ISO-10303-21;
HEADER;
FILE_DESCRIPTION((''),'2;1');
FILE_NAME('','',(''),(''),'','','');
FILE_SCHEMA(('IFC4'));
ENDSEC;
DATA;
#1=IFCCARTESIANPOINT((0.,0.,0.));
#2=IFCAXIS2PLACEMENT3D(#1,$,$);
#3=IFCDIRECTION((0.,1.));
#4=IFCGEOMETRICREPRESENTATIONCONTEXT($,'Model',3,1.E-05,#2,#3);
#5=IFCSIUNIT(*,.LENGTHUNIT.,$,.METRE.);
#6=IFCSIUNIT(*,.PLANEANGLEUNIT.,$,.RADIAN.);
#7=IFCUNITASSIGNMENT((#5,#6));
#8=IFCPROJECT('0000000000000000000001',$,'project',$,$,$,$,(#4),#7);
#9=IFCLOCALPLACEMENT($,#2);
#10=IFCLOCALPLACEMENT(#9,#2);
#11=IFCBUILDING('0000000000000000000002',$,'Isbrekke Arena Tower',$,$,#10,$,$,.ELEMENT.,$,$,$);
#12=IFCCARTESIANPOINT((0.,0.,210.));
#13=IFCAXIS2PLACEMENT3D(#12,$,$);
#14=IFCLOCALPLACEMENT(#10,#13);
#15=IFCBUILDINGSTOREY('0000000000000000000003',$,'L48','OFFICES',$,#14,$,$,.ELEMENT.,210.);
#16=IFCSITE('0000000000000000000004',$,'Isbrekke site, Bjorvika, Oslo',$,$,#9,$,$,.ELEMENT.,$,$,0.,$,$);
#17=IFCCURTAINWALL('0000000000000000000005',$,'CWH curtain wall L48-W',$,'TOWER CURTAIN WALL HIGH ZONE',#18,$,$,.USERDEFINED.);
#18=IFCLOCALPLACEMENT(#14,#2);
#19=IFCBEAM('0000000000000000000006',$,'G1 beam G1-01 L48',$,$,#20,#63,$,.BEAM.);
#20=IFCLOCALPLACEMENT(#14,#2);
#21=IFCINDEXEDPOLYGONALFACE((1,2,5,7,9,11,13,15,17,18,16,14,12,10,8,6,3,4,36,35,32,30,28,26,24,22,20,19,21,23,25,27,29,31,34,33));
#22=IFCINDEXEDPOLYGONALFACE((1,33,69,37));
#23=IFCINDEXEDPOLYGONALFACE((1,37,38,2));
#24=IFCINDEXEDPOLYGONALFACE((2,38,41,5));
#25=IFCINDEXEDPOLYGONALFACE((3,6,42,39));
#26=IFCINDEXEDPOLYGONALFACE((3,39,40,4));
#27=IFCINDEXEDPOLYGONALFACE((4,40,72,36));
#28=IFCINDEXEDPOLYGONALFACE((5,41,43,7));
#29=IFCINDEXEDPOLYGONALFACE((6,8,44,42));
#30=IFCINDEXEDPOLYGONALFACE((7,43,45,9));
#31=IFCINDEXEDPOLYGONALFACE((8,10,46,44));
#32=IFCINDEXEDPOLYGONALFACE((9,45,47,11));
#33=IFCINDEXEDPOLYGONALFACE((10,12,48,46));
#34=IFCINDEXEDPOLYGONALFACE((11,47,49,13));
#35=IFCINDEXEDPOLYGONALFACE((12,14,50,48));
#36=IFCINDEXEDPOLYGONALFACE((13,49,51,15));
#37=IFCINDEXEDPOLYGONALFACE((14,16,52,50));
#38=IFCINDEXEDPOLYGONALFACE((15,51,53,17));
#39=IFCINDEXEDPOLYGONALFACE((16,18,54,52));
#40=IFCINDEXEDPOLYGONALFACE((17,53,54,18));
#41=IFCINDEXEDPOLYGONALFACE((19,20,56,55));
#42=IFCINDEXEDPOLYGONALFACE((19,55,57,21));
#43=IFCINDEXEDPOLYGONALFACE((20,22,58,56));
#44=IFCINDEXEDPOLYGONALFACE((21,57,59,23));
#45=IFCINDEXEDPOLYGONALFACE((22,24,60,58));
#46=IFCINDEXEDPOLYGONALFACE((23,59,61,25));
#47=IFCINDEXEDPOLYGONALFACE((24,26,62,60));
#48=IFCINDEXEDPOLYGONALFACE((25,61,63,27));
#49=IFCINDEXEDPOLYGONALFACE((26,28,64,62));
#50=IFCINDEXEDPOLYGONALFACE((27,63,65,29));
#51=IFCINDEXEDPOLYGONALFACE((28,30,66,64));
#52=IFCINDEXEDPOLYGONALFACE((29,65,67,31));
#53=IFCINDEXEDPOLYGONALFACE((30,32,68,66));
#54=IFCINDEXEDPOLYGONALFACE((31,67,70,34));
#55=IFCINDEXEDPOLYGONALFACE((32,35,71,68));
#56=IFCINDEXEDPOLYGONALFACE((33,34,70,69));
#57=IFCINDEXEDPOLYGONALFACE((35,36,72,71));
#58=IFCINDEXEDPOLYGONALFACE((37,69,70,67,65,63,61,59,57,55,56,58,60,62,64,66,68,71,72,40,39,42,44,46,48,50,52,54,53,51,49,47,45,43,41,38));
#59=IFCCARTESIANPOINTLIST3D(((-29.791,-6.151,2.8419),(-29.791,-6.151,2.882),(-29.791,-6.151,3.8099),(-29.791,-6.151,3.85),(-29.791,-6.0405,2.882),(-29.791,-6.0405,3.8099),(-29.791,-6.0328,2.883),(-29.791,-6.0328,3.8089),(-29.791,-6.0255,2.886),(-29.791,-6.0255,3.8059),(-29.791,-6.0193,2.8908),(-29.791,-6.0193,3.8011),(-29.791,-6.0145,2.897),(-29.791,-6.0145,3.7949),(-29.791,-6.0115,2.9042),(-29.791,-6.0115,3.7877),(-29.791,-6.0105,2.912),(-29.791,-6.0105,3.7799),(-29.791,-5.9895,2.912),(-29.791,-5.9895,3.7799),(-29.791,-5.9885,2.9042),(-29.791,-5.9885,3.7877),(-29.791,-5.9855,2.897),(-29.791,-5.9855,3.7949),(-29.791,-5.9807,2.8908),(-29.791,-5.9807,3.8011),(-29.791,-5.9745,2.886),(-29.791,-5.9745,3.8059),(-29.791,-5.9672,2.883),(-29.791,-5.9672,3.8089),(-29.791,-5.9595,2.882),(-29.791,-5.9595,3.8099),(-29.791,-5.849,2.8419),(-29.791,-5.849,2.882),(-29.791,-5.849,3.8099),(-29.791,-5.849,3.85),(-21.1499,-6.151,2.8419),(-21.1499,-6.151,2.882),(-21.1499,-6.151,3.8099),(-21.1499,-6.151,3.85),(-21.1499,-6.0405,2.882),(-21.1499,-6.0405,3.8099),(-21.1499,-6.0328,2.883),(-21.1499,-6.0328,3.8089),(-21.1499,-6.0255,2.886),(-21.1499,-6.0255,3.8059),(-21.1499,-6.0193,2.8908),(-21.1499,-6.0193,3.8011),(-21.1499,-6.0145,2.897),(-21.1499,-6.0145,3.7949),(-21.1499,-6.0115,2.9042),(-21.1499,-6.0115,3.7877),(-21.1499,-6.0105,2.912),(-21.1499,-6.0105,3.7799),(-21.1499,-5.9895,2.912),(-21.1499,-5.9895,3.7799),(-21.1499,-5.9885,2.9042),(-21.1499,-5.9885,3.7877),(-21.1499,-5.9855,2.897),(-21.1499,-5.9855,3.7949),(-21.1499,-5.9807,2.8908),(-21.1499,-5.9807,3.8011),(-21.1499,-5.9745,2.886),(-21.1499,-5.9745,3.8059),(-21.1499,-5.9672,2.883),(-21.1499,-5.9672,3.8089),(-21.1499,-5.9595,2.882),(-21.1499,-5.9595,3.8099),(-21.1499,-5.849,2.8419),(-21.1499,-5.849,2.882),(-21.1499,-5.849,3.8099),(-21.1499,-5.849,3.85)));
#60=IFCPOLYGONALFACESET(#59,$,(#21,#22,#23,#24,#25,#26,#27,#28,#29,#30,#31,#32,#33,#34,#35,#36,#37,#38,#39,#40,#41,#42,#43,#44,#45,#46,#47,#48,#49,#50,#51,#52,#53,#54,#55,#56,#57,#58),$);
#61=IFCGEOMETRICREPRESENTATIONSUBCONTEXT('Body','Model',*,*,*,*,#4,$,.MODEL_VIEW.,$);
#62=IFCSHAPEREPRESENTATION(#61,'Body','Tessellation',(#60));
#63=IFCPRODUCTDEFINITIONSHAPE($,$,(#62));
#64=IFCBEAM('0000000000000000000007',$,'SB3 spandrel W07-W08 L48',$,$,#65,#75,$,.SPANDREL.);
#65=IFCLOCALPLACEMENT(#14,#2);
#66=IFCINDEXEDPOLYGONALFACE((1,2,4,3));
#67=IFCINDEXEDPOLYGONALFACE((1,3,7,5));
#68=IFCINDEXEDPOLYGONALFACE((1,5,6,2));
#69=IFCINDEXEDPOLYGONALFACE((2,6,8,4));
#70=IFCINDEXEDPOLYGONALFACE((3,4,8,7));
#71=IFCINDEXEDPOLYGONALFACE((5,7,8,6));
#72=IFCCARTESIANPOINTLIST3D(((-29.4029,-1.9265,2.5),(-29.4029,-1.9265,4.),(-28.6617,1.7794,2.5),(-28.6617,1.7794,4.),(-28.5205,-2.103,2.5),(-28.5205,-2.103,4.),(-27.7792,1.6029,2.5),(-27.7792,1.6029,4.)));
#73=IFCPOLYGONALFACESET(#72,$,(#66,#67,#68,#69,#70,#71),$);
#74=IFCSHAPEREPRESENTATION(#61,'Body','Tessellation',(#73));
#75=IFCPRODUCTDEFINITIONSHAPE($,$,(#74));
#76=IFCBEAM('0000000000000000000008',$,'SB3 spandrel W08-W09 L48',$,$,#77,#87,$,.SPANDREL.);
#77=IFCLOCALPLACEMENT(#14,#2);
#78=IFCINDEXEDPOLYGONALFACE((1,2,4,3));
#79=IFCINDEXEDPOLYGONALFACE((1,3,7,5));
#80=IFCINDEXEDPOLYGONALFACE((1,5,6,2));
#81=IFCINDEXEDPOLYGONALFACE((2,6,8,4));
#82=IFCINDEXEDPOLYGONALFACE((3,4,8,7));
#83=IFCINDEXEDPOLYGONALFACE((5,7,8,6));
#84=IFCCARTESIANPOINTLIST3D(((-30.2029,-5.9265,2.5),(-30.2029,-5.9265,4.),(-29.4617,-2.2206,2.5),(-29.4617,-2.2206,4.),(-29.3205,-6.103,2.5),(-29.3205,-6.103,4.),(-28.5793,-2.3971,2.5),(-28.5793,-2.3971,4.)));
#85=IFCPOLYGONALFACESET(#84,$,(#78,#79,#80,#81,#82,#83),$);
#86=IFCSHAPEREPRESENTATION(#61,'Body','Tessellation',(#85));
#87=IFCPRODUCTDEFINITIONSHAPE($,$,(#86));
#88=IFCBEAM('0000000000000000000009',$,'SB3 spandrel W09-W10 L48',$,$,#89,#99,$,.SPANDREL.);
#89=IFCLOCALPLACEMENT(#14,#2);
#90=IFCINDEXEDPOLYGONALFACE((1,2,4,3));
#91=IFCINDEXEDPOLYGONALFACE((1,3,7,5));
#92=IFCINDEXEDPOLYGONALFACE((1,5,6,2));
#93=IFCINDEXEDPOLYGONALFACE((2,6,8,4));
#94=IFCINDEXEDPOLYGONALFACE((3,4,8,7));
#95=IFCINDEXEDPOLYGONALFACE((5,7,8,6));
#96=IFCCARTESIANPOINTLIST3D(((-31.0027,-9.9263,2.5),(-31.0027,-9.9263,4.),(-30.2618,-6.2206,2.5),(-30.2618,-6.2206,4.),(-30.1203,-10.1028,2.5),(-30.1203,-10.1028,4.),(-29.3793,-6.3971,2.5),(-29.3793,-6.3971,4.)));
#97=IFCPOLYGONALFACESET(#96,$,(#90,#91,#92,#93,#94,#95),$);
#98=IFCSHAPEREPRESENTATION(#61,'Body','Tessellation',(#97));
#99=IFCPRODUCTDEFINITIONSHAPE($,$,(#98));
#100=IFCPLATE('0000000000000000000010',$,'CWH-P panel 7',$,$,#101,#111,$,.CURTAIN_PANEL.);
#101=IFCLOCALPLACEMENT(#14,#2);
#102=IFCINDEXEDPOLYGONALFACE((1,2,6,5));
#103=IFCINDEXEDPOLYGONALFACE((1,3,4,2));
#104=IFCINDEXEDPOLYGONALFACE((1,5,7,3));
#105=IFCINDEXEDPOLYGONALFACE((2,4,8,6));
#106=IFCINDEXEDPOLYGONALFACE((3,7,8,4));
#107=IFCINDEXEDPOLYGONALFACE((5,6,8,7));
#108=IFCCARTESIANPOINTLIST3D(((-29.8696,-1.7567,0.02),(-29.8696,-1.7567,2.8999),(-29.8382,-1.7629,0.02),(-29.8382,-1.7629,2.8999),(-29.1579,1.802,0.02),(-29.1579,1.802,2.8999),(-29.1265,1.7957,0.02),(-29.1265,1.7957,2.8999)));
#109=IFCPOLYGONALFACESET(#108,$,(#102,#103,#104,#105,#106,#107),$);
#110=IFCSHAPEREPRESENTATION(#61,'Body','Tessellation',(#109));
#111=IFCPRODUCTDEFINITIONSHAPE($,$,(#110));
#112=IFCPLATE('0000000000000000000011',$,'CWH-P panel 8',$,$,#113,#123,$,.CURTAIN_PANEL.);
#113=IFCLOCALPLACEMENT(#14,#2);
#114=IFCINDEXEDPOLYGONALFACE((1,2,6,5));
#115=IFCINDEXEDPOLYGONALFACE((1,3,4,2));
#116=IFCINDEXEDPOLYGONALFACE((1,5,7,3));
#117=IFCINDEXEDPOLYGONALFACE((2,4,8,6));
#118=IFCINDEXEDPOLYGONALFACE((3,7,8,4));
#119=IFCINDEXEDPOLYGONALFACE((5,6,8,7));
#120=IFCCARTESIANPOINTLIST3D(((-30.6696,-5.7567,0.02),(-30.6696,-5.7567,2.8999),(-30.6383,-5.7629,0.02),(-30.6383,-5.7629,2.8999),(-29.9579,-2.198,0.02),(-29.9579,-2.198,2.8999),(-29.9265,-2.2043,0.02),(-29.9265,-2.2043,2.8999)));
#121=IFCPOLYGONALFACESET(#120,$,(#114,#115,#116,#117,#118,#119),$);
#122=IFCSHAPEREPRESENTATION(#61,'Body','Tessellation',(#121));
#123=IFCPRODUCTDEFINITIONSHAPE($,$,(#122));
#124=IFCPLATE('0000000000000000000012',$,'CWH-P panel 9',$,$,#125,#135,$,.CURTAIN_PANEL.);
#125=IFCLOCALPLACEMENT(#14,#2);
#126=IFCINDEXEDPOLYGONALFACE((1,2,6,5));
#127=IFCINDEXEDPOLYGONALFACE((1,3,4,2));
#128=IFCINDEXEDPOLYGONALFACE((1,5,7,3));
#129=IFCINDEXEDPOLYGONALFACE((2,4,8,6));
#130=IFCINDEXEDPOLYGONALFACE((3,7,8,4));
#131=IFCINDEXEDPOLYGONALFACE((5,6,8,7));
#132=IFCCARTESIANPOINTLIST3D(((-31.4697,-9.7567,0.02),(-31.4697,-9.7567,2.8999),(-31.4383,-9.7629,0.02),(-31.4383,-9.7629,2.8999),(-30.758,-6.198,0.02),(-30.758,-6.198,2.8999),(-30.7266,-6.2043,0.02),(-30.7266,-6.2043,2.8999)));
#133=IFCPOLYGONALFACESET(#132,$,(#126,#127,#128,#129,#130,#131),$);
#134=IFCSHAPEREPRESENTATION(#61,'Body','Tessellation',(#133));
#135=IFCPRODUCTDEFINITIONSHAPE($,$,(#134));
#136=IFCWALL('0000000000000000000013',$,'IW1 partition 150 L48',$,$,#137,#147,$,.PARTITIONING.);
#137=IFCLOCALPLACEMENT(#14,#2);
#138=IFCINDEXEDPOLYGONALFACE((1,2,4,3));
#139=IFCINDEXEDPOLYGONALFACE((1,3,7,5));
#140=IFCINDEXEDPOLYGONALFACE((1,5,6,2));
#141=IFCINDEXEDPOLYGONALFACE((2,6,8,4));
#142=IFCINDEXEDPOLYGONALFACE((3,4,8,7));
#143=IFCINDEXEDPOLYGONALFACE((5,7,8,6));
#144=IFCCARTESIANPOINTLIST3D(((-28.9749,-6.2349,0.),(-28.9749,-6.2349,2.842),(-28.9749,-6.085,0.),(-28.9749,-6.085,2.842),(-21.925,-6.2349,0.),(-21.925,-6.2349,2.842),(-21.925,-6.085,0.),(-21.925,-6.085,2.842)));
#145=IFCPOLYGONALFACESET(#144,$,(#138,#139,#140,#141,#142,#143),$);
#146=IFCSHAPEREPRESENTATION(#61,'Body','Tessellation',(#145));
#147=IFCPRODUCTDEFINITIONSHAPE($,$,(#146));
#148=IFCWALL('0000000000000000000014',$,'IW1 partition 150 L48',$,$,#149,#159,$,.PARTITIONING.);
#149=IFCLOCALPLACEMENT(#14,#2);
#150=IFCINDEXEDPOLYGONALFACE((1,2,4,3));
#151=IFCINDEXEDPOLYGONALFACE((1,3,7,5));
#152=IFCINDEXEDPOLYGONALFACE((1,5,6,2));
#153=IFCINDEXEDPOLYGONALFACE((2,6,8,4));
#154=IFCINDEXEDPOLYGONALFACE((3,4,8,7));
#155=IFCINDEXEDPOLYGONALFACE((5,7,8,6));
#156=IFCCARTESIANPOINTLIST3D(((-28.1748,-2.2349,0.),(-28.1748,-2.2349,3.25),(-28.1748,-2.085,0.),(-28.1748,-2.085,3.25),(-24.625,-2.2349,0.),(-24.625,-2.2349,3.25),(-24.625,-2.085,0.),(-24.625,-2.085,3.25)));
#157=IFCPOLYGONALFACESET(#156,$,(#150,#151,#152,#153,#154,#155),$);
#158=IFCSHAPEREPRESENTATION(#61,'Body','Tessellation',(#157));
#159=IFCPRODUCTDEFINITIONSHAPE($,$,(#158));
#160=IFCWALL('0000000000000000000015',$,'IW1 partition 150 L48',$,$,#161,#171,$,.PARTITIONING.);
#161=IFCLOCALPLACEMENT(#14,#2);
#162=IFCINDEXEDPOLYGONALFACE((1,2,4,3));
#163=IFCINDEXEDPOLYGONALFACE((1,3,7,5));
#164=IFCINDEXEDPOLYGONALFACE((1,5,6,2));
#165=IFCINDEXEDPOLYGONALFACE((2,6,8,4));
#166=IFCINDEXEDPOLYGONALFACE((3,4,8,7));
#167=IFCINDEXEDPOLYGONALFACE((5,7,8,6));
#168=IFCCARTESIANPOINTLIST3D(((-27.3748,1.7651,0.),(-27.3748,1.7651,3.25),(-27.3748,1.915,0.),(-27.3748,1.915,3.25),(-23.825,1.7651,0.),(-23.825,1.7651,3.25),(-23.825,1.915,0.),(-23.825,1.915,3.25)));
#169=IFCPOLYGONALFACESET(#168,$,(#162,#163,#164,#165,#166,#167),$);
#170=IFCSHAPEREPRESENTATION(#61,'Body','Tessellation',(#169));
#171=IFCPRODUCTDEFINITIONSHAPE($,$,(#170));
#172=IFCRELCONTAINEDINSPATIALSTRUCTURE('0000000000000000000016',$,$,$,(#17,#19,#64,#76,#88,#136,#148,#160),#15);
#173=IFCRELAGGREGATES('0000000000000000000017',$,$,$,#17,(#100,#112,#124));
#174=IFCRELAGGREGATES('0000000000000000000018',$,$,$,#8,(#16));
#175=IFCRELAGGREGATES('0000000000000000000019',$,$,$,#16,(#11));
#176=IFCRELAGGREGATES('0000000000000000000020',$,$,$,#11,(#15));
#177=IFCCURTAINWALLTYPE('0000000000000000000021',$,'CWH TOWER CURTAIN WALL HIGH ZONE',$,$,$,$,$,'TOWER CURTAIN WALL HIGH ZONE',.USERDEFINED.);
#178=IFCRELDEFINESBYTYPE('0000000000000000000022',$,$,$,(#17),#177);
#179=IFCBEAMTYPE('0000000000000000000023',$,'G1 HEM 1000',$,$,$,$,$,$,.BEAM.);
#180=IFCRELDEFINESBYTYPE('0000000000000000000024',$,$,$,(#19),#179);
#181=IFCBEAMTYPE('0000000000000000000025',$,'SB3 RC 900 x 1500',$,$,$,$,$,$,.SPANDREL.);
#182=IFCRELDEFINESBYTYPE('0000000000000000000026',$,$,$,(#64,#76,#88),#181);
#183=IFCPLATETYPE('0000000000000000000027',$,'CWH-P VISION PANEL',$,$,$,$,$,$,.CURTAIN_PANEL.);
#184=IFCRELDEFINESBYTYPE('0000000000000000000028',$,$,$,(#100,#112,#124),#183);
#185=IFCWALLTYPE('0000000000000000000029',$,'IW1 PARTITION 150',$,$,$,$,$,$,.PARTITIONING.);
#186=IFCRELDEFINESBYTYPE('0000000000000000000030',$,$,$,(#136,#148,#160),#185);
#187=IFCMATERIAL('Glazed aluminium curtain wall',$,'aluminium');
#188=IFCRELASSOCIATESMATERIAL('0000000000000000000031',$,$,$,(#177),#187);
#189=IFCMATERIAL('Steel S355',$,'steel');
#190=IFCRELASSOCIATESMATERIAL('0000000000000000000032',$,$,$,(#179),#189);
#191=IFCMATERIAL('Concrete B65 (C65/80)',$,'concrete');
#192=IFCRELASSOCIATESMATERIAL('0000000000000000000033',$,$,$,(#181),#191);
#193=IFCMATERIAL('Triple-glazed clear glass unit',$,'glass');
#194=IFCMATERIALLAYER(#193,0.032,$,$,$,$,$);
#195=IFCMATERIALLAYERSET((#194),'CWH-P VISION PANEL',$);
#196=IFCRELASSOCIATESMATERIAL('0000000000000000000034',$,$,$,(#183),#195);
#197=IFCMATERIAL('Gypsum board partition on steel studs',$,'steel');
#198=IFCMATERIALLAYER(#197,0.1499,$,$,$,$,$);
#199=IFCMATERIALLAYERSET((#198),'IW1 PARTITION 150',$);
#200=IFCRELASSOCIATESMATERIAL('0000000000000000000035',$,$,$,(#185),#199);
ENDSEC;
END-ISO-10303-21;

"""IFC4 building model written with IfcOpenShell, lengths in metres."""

from ifc_helpers import new_model, si_unit, direction, frame, frame_2d, origin, origin_2d, place, context, subcontext, project, spatial, rectangle, i_section, extrude, material, layer, layer_set, material_profile, profile_set, type_object, element, aggregate, save


model = new_model("IFC4")

# Units and contexts
model_context = context("Model", 3, precision=1e-05, world=origin(), true_north=direction((0.0, 1.0)))
body_context = subcontext(model_context, "Body", "Model", "MODEL_VIEW")
ifc_project = project(units=[si_unit("LENGTHUNIT", "METRE"), si_unit("PLANEANGLEUNIT", "RADIAN")], contexts=[model_context])

# Site, building, storey
site_placement = place(None, origin())
site = spatial("IfcSite", under=ifc_project, at=site_placement, Name="Isbrekke site, Bjorvika, Oslo", CompositionType="ELEMENT", RefElevation=0.0)
building_placement = place(site_placement, origin())
building = spatial("IfcBuilding", under=site, at=building_placement, Name="Isbrekke Arena Tower", CompositionType="ELEMENT")
storey_placement = place(building_placement, frame((0.0, 0.0, 210.0)))
storey = spatial("IfcBuildingStorey", under=building, at=storey_placement, Name="L48", Description="OFFICES", CompositionType="ELEMENT", Elevation=210.0)

# Curtain wall
ifc_material_1 = material(Name="Glazed aluminium curtain wall", Category="aluminium")
curtain_wall_type = type_object("IfcCurtainWallType", Name="CWH TOWER CURTAIN WALL HIGH ZONE", ElementType="TOWER CURTAIN WALL HIGH ZONE", PredefinedType="USERDEFINED", material=ifc_material_1)
curtain_wall_placement = place(storey_placement, origin())
curtain_wall = element("IfcCurtainWall", 1, at=curtain_wall_placement, inside=storey, type_object=curtain_wall_type, Name="CWH curtain wall L48-W", ObjectType="TOWER CURTAIN WALL HIGH ZONE", PredefinedType="USERDEFINED")

# Beams
ifc_material_2 = material(Name="Steel S355", Category="steel")
ifc_material_profile_1 = material_profile(ifc_material_2, i_section(OverallWidth=0.302, OverallDepth=1.0081, WebThickness=0.021, FlangeThickness=0.04, FilletRadius=0.03, at=origin_2d()), Name="HEM 1000")
ifc_profile_set_1 = profile_set([ifc_material_profile_1], Name="Steel S355")
beam_type_1 = type_object("IfcBeamType", Name="G1 HEM 1000", PredefinedType="BEAM", material=ifc_profile_set_1)
beam_1_placement = place(storey_placement, frame((-29.791, -6.0, 3.3459), z_axis=(1.0, 0.0, 0.0), x_axis=(0.0, 1.0, 0.0)))
element("IfcBeam", 2, at=beam_1_placement, inside=storey, type_object=beam_type_1, Name="G1 beam G1-01 L48", PredefinedType="BEAM", context=body_context, shape_type="SweptSolid", body=[
    extrude(i_section(OverallWidth=0.302, OverallDepth=1.0081, WebThickness=0.021, FlangeThickness=0.04, FilletRadius=0.03, at=origin_2d()), origin(), (0.0, 0.0, 1.0), 8.6411),
])
ifc_material_3 = material(Name="Concrete B65 (C65/80)", Category="concrete")
ifc_material_profile_2 = material_profile(ifc_material_3, rectangle(XDim=0.8999, YDim=1.5, at=origin_2d()), Name="RC 900x1500")
ifc_profile_set_2 = profile_set([ifc_material_profile_2], Name="Concrete B65 (C65/80)")
beam_type_2 = type_object("IfcBeamType", Name="SB3 RC 900 x 1500", PredefinedType="SPANDREL", material=ifc_profile_set_2)
for number, where, z_axis, x_axis, name in (
    (3, (-28.2205, 1.6912, 3.25), (-0.196129, -0.980578, 0.0), (0.980578, -0.196129, 0.0), "SB3 spandrel W07-W08 L48"),
    (4, (-29.0205, -2.3088, 3.25), (-0.196129, -0.980578, 0.0), (0.980578, -0.196129, 0.0), "SB3 spandrel W08-W09 L48"),
):
    element("IfcBeam", number, at=place(storey_placement, frame(where, z_axis=z_axis, x_axis=x_axis)), inside=storey, type_object=beam_type_2, Name=name, PredefinedType="SPANDREL", context=body_context, shape_type="SweptSolid", body=[
        extrude(rectangle(XDim=0.8999, YDim=1.5, at=origin_2d()), origin(), (0.0, 0.0, 1.0), 3.7793),
    ])
beam_2_placement = place(storey_placement, frame((-29.8206, -6.3088, 3.25), z_axis=(-0.196066, -0.980591, 0.0), x_axis=(0.980591, -0.196066, 0.0)))
element("IfcBeam", 5, at=beam_2_placement, inside=storey, type_object=beam_type_2, Name="SB3 spandrel W09-W10 L48", PredefinedType="SPANDREL", context=body_context, shape_type="SweptSolid", body=[
    extrude(rectangle(XDim=0.8999, YDim=1.5, at=origin_2d()), origin(), (0.0, 0.0, 1.0), 3.7791),
])

# Plates
ifc_material_4 = material(Name="Triple-glazed clear glass unit", Category="glass")
ifc_layer_1 = layer(ifc_material_4, 0.032)
ifc_layer_set_1 = layer_set([ifc_layer_1], Name="CWH-P VISION PANEL")
plate_type = type_object("IfcPlateType", Name="CWH-P VISION PANEL", PredefinedType="CURTAIN_PANEL", material=ifc_layer_set_1)
plate_1_placement = place(storey_placement, frame((-29.498, 0.0195, 0.02), z_axis=(0.0, 0.0, 1.0), x_axis=(-0.196116, -0.980581, 0.0)))
plate_1 = element("IfcPlate", 6, at=plate_1_placement, type_object=plate_type, Name="CWH-P panel 7", PredefinedType="CURTAIN_PANEL", context=body_context, shape_type="SweptSolid", body=[
    extrude(rectangle(XDim=3.6292, YDim=0.032, at=origin_2d()), origin(), (0.0, 0.0, 1.0), 2.8799),
])
plate_2_placement = place(storey_placement, frame((-30.2981, -3.9805, 0.02), z_axis=(0.0, 0.0, 1.0), x_axis=(-0.196116, -0.980581, 0.0)))
plate_2 = element("IfcPlate", 7, at=plate_2_placement, type_object=plate_type, Name="CWH-P panel 8", PredefinedType="CURTAIN_PANEL", context=body_context, shape_type="SweptSolid", body=[
    extrude(rectangle(XDim=3.6292, YDim=0.032, at=origin_2d()), origin(), (0.0, 0.0, 1.0), 2.8799),
])
plate_3_placement = place(storey_placement, frame((-31.0981, -7.9805, 0.02), z_axis=(0.0, 0.0, 1.0), x_axis=(-0.196116, -0.980581, 0.0)))
plate_3 = element("IfcPlate", 8, at=plate_3_placement, type_object=plate_type, Name="CWH-P panel 9", PredefinedType="CURTAIN_PANEL", context=body_context, shape_type="SweptSolid", body=[
    extrude(rectangle(XDim=3.6292, YDim=0.032, at=origin_2d()), origin(), (0.0, 0.0, 1.0), 2.8799),
])
aggregate(curtain_wall, [plate_1, plate_2, plate_3])

# Walls
ifc_material_5 = material(Name="Gypsum board partition on steel studs", Category="steel")
ifc_layer_2 = layer(ifc_material_5, 0.1499)
ifc_layer_set_2 = layer_set([ifc_layer_2], Name="IW1 PARTITION 150")
wall_type = type_object("IfcWallType", Name="IW1 PARTITION 150", PredefinedType="PARTITIONING", material=ifc_layer_set_2)
wall_1_placement = place(storey_placement, frame((-28.9749, -6.1599, 0.0), z_axis=(0.0, 0.0, 1.0), x_axis=(1.0, 0.0, 0.0)))
element("IfcWall", 9, at=wall_1_placement, inside=storey, type_object=wall_type, Name="IW1 partition 150 L48", PredefinedType="PARTITIONING", context=body_context, shape_type="SweptSolid", body=[
    extrude(rectangle(XDim=7.0498, YDim=0.1499, at=frame_2d((3.5249, 0.0))), origin(), (0.0, 0.0, 1.0), 2.842),
])
for number, where, z_axis, x_axis, name in (
    (10, (-28.1748, -2.1599, 0.0), (0.0, 0.0, 1.0), (1.0, 0.0, 0.0), "IW1 partition 150 L48"),
    (11, (-27.3748, 1.8401, 0.0), (0.0, 0.0, 1.0), (1.0, 0.0, 0.0), "IW1 partition 150 L48"),
):
    element("IfcWall", number, at=place(storey_placement, frame(where, z_axis=z_axis, x_axis=x_axis)), inside=storey, type_object=wall_type, Name=name, PredefinedType="PARTITIONING", context=body_context, shape_type="SweptSolid", body=[
        extrude(rectangle(XDim=3.5498, YDim=0.1499, at=frame_2d((1.7749, 0.0))), origin(), (0.0, 0.0, 1.0), 3.25),
    ])

save(model, "model.ifc")
